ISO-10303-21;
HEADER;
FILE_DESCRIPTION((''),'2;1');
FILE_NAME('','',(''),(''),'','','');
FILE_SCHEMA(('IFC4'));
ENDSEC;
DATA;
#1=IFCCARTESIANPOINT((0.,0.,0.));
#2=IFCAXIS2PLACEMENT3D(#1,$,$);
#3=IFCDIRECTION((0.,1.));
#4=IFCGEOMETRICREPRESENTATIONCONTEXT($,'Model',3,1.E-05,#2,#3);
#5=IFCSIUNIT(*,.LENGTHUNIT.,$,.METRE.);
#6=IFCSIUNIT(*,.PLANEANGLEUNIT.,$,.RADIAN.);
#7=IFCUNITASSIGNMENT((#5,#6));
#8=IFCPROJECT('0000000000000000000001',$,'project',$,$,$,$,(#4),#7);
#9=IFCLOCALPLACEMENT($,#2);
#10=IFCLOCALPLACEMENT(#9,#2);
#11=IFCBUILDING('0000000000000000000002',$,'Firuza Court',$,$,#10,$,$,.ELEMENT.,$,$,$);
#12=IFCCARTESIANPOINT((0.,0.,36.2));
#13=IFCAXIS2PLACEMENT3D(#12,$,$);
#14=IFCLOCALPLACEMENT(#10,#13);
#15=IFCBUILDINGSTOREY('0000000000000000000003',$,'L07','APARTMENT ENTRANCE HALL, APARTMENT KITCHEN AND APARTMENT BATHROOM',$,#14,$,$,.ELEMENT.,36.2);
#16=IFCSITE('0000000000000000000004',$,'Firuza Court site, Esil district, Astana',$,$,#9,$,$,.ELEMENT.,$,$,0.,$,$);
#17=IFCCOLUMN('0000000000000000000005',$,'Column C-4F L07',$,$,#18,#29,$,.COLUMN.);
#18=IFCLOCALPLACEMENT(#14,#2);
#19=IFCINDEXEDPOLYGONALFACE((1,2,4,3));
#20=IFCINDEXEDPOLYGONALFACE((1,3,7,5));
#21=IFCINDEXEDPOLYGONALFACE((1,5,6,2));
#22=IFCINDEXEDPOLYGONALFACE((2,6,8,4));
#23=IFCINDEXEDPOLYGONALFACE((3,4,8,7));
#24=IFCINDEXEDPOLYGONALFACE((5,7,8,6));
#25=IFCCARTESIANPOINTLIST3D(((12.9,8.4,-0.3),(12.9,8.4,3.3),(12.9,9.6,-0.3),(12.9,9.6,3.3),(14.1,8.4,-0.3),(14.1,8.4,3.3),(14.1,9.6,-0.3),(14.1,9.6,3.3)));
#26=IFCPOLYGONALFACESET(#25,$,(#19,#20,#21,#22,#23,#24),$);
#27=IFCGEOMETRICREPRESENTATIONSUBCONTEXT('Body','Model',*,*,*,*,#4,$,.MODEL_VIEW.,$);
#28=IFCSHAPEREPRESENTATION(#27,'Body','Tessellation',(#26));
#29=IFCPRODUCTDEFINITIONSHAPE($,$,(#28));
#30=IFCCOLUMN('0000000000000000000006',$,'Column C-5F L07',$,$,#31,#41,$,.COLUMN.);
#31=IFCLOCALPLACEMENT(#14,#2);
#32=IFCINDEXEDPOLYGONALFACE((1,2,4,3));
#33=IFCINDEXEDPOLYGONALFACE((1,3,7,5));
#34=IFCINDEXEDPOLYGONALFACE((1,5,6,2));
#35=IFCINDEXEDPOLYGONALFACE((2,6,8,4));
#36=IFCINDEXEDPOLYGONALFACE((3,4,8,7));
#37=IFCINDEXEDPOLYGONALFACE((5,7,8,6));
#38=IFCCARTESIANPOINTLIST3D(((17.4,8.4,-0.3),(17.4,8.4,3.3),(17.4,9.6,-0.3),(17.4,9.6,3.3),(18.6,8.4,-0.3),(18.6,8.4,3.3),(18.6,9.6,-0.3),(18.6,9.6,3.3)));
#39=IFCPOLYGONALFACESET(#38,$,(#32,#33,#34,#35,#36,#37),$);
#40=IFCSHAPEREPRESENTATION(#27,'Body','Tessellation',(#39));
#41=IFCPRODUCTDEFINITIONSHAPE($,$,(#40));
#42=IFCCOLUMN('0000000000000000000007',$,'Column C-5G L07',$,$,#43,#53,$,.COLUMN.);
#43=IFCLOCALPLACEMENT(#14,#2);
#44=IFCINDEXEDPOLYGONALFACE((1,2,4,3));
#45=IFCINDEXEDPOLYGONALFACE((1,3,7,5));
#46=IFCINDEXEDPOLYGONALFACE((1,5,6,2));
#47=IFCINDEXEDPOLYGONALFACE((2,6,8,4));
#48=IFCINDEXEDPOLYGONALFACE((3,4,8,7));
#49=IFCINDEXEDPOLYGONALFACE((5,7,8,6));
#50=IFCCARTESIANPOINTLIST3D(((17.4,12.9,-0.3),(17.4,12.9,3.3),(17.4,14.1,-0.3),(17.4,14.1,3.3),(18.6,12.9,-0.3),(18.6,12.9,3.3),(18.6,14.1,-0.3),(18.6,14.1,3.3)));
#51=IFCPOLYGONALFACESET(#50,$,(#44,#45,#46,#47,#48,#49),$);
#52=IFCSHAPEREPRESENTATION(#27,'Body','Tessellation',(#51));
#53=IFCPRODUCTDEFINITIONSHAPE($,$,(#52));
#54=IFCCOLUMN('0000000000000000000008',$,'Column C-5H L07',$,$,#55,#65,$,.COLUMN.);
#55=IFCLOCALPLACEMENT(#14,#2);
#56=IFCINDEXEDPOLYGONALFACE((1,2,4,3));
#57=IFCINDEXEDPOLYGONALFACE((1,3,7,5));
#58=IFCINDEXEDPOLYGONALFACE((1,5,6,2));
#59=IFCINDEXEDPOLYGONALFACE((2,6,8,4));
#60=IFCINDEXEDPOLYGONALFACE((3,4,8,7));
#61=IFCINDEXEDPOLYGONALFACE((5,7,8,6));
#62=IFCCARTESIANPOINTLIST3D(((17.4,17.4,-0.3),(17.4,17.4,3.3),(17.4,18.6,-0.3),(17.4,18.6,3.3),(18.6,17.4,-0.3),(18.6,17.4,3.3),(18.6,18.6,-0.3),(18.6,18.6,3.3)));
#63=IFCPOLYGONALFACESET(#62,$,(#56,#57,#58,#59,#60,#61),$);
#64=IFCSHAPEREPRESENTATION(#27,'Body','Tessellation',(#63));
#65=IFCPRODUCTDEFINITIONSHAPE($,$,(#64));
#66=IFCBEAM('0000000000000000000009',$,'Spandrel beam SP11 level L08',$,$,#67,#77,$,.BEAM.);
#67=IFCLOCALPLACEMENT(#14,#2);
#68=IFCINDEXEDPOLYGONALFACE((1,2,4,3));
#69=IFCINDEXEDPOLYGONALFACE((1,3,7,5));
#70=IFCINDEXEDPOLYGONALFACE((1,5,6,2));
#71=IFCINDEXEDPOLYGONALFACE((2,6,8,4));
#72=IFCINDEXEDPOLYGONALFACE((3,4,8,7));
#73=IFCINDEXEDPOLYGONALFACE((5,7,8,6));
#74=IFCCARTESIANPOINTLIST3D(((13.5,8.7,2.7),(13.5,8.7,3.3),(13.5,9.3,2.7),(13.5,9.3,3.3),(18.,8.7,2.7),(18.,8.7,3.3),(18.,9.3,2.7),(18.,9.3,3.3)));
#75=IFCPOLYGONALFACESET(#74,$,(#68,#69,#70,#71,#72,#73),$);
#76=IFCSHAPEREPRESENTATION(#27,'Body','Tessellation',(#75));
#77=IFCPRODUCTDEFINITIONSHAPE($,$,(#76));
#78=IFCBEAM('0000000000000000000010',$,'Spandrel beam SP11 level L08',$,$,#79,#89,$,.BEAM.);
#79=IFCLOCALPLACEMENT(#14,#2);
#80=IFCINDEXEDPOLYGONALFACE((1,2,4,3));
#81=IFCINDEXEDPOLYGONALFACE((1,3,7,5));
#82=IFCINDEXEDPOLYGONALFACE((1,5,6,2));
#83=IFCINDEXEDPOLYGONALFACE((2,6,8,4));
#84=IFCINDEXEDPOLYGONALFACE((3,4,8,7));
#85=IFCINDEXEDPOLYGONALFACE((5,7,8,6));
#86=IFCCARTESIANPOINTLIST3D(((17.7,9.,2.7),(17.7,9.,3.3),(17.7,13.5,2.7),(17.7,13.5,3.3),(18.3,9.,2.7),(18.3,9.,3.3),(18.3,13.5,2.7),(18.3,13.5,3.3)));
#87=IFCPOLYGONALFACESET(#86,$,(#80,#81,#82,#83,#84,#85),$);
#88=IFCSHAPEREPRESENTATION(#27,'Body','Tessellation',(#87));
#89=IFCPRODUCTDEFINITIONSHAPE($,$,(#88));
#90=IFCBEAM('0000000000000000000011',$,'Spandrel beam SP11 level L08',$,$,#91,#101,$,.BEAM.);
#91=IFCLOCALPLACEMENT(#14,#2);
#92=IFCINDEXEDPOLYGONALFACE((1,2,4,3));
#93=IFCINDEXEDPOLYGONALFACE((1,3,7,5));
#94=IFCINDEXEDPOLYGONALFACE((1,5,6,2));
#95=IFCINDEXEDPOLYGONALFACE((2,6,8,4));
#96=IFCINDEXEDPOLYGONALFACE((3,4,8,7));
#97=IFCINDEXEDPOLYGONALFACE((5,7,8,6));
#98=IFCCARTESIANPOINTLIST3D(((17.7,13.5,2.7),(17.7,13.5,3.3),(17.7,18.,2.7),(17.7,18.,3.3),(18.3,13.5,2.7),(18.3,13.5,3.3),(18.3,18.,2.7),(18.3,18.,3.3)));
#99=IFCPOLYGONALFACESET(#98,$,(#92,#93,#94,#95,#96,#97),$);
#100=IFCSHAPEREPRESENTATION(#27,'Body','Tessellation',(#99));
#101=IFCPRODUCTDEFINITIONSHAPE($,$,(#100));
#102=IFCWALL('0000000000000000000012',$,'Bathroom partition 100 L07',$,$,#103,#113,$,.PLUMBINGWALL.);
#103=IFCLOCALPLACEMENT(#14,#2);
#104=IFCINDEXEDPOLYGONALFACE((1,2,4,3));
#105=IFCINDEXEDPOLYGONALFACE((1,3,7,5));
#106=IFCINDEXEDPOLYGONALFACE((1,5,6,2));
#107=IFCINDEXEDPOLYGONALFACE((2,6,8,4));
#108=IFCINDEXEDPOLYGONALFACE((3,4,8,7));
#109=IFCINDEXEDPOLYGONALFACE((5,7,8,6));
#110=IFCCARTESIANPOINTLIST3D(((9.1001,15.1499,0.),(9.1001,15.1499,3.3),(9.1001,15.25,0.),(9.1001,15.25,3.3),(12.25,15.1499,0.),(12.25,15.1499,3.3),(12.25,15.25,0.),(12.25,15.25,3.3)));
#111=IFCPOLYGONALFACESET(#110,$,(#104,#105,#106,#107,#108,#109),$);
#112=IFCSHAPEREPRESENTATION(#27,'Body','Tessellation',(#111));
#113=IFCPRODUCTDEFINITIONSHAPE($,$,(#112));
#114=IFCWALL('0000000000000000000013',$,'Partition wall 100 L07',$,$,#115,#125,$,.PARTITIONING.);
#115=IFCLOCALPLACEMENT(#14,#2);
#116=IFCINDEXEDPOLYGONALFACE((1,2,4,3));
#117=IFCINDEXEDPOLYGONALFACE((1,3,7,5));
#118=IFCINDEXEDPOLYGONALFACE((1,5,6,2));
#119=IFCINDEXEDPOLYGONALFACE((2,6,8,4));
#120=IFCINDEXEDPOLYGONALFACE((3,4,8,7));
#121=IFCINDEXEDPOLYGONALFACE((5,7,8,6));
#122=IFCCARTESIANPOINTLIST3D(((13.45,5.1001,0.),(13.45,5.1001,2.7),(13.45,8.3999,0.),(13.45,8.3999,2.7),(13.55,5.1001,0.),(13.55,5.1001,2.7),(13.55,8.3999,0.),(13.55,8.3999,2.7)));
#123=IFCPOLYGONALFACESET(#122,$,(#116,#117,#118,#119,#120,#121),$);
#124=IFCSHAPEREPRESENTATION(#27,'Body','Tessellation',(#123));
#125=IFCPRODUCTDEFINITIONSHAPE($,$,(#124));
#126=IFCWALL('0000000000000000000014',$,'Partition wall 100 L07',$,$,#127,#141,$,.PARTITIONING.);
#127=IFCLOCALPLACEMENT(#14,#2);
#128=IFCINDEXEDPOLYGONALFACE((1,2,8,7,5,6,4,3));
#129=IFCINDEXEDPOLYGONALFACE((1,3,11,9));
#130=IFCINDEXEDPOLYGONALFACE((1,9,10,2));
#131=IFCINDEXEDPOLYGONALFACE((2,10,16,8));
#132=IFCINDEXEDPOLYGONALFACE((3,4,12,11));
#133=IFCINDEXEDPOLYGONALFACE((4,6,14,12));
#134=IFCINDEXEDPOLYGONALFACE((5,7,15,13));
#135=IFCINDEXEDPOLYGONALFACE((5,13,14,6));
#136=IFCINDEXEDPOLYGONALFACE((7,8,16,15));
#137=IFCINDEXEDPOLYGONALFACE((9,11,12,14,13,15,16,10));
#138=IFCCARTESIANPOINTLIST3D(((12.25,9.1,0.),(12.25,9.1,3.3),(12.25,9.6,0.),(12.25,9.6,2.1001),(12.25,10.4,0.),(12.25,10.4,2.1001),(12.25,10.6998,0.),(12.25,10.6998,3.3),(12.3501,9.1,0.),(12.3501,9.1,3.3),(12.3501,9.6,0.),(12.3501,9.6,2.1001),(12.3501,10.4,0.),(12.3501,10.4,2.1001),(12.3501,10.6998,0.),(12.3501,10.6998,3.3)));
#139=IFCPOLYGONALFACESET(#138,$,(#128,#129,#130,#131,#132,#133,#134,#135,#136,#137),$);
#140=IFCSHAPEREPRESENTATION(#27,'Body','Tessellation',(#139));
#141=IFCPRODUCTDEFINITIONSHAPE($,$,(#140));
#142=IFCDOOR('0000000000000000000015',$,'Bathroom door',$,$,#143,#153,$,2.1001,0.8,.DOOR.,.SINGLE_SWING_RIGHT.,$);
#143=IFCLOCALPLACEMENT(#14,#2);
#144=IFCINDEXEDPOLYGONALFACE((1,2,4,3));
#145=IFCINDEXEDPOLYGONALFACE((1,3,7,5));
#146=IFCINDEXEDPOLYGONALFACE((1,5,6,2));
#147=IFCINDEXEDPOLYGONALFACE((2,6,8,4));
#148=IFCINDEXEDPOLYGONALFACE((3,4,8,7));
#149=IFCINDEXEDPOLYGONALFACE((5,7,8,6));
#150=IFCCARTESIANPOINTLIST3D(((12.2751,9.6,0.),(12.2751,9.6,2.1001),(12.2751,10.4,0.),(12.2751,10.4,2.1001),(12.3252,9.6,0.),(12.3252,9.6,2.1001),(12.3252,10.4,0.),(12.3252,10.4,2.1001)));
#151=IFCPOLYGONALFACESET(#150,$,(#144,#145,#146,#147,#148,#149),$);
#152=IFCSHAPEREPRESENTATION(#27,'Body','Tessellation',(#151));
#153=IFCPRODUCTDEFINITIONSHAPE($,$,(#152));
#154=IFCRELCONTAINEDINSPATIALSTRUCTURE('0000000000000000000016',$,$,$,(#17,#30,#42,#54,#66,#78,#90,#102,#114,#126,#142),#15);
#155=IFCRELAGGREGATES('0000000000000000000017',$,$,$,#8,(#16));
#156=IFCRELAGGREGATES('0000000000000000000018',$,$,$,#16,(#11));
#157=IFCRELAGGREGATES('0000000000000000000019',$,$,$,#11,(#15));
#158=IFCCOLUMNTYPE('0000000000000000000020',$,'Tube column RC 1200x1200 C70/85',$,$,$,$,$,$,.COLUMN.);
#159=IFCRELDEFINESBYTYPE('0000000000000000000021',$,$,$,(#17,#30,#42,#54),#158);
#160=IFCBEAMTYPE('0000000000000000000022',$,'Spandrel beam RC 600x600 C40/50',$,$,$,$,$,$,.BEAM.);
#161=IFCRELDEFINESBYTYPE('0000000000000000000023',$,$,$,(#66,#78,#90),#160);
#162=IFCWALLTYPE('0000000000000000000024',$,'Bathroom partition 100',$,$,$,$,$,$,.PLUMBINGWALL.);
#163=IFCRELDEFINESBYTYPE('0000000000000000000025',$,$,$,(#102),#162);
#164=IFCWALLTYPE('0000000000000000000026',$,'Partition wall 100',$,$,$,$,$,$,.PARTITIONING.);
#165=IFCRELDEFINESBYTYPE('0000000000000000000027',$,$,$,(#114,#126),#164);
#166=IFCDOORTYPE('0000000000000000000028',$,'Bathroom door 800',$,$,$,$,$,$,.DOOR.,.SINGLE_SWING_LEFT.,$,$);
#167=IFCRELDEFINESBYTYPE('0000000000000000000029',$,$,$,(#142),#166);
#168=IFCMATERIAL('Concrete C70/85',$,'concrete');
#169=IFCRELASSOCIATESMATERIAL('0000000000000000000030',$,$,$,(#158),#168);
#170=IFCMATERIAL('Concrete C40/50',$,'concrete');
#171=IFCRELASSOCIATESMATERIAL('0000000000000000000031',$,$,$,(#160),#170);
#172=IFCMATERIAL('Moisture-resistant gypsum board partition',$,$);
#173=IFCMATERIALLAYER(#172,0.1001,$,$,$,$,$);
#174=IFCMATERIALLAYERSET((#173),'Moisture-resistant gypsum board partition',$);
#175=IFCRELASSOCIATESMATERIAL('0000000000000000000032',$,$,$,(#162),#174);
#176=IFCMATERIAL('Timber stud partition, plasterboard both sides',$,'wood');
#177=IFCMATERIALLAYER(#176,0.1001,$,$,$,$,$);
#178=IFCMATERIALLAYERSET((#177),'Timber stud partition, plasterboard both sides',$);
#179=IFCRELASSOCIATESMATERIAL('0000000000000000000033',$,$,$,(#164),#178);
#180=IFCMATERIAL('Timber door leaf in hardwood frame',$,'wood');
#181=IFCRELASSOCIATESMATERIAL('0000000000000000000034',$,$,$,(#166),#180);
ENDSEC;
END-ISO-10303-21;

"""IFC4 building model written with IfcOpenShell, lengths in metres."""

from ifc_helpers import new_model, si_unit, direction, frame, frame_2d, origin, origin_2d, place, context, subcontext, project, spatial, rectangle, extrude, material, layer, layer_set, material_profile, profile_set, type_object, element, fill, save


model = new_model("IFC4")

# Units and contexts
model_context = context("Model", 3, precision=1e-05, world=origin(), true_north=direction((0.0, 1.0)))
body_context = subcontext(model_context, "Body", "Model", "MODEL_VIEW")
ifc_project = project(units=[si_unit("LENGTHUNIT", "METRE"), si_unit("PLANEANGLEUNIT", "RADIAN")], contexts=[model_context])

# Site, building, storey
site_placement = place(None, origin())
site = spatial("IfcSite", under=ifc_project, at=site_placement, Name="Firuza Court site, Esil district, Astana", CompositionType="ELEMENT", RefElevation=0.0)
building_placement = place(site_placement, origin())
building = spatial("IfcBuilding", under=site, at=building_placement, Name="Firuza Court", CompositionType="ELEMENT")
storey_placement = place(building_placement, frame((0.0, 0.0, 36.2)))
storey = spatial("IfcBuildingStorey", under=building, at=storey_placement, Name="L07", Description="APARTMENT ENTRANCE HALL, APARTMENT KITCHEN AND APARTMENT BATHROOM", CompositionType="ELEMENT", Elevation=36.2)

# Columns
ifc_material_1 = material(Name="Concrete C70/85", Category="concrete")
ifc_material_profile_1 = material_profile(ifc_material_1, rectangle(XDim=1.2, YDim=1.2, at=origin_2d()), Name="RC 1200x1200")
ifc_profile_set_1 = profile_set([ifc_material_profile_1], Name="Concrete C70/85")
column_type = type_object("IfcColumnType", Name="Tube column RC 1200x1200 C70/85", PredefinedType="COLUMN", material=ifc_profile_set_1)
for number, where, z_axis, x_axis, name in (
    (1, (13.5, 9.0, -0.3), (0.0, 0.0, 1.0), (1.0, 0.0, 0.0), "Column C-4F L07"),
    (2, (18.0, 9.0, -0.3), (0.0, 0.0, 1.0), (1.0, 0.0, 0.0), "Column C-5F L07"),
    (3, (18.0, 13.5, -0.3), (0.0, 0.0, 1.0), (1.0, 0.0, 0.0), "Column C-5G L07"),
    (4, (18.0, 18.0, -0.3), (0.0, 0.0, 1.0), (1.0, 0.0, 0.0), "Column C-5H L07"),
):
    element("IfcColumn", number, at=place(storey_placement, frame(where, z_axis=z_axis, x_axis=x_axis)), inside=storey, type_object=column_type, Name=name, PredefinedType="COLUMN", context=body_context, shape_type="SweptSolid", body=[
        extrude(rectangle(XDim=1.2, YDim=1.2, at=origin_2d()), origin(), (0.0, 0.0, 1.0), 3.6001),
    ])

# Beams
ifc_material_2 = material(Name="Concrete C40/50", Category="concrete")
ifc_material_profile_2 = material_profile(ifc_material_2, rectangle(XDim=0.6001, YDim=0.6001, at=origin_2d()), Name="RC 600x600")
ifc_profile_set_2 = profile_set([ifc_material_profile_2], Name="Concrete C40/50")
beam_type = type_object("IfcBeamType", Name="Spandrel beam RC 600x600 C40/50", PredefinedType="BEAM", material=ifc_profile_set_2)
for number, where, z_axis, x_axis, name in (
    (5, (13.5, 9.0, 3.0), (1.0, 0.0, 0.0), (0.0, 1.0, 0.0), "Spandrel beam SP11 level L08"),
    (6, (18.0, 9.0, 3.0), (0.0, 1.0, 0.0), (-1.0, 0.0, 0.0), "Spandrel beam SP11 level L08"),
    (7, (18.0, 13.5, 3.0), (0.0, 1.0, 0.0), (-1.0, 0.0, 0.0), "Spandrel beam SP11 level L08"),
):
    element("IfcBeam", number, at=place(storey_placement, frame(where, z_axis=z_axis, x_axis=x_axis)), inside=storey, type_object=beam_type, Name=name, PredefinedType="BEAM", context=body_context, shape_type="SweptSolid", body=[
        extrude(rectangle(XDim=0.6001, YDim=0.6001, at=origin_2d()), origin(), (0.0, 0.0, 1.0), 4.5),
    ])

# Walls
ifc_material_3 = material(Name="Moisture-resistant gypsum board partition")
ifc_layer_1 = layer(ifc_material_3, 0.1001)
ifc_layer_set_1 = layer_set([ifc_layer_1], Name="Moisture-resistant gypsum board partition")
wall_type_1 = type_object("IfcWallType", Name="Bathroom partition 100", PredefinedType="PLUMBINGWALL", material=ifc_layer_set_1)
wall_1_placement = place(storey_placement, frame((9.1001, 15.2, 0.0), z_axis=(0.0, 0.0, 1.0), x_axis=(1.0, 0.0, 0.0)))
element("IfcWall", 8, at=wall_1_placement, inside=storey, type_object=wall_type_1, Name="Bathroom partition 100 L07", PredefinedType="PLUMBINGWALL", context=body_context, shape_type="SweptSolid", body=[
    extrude(rectangle(XDim=3.1499, YDim=0.1001, at=frame_2d((1.575, 0.0))), origin(), (0.0, 0.0, 1.0), 3.3),
])
ifc_material_4 = material(Name="Timber stud partition, plasterboard both sides", Category="wood")
ifc_layer_2 = layer(ifc_material_4, 0.1001)
ifc_layer_set_2 = layer_set([ifc_layer_2], Name="Timber stud partition, plasterboard both sides")
wall_type_2 = type_object("IfcWallType", Name="Partition wall 100", PredefinedType="PARTITIONING", material=ifc_layer_set_2)
wall_2_placement = place(storey_placement, frame((13.5, 5.1001, 0.0), z_axis=(0.0, 0.0, 1.0), x_axis=(0.0, 1.0, 0.0)))
element("IfcWall", 9, at=wall_2_placement, inside=storey, type_object=wall_type_2, Name="Partition wall 100 L07", PredefinedType="PARTITIONING", context=body_context, shape_type="SweptSolid", body=[
    extrude(rectangle(XDim=3.2998, YDim=0.1001, at=frame_2d((1.6499, 0.0))), origin(), (0.0, 0.0, 1.0), 2.7),
])

# Wall, opening, door
wall_3_placement = place(storey_placement, frame((12.3, 9.1001, 0.0), z_axis=(0.0, 0.0, 1.0), x_axis=(0.0, 1.0, 0.0)))
wall_3 = element("IfcWall", 10, at=wall_3_placement, inside=storey, type_object=wall_type_2, Name="Partition wall 100 L07", PredefinedType="PARTITIONING", context=body_context, shape_type="SweptSolid", body=[
    extrude(rectangle(XDim=1.5999, YDim=0.1001, at=frame_2d((0.7998, 0.0))), origin(), (0.0, 0.0, 1.0), 3.3),
])
opening_1_placement = place(wall_3_placement, frame((0.5, 0.0, 0.0)))
opening_1 = element("IfcOpeningElement", 11, at=opening_1_placement, cuts=wall_3, PredefinedType="OPENING", context=body_context, shape_type="SweptSolid", body=[
    extrude(rectangle(XDim=0.8, YDim=2.1001, at=frame_2d((0.3999, 1.05))), frame((0.0, 0.062, 0.0), z_axis=(0.0, -1.0, 0.0), x_axis=(1.0, 0.0, 0.0)), (0.0, 0.0, 1.0), 0.124),
])
ifc_material_5 = material(Name="Timber door leaf in hardwood frame", Category="wood")
door_type_1 = type_object("IfcDoorType", Name="Bathroom door 800", OperationType="SINGLE_SWING_LEFT", PredefinedType="DOOR", material=ifc_material_5)
door_1_placement = place(opening_1_placement, origin())
door_1 = element("IfcDoor", 12, at=door_1_placement, inside=storey, type_object=door_type_1, Name="Bathroom door", OperationType="SINGLE_SWING_RIGHT", OverallHeight=2.1001, OverallWidth=0.8, PredefinedType="DOOR", context=body_context, shape_type="SweptSolid", body=[
    extrude(rectangle(XDim=0.8, YDim=2.1001, at=frame_2d((0.3999, 1.05))), frame((0.0, 0.0249, 0.0), z_axis=(0.0, -1.0, 0.0), x_axis=(1.0, 0.0, 0.0)), (0.0, 0.0, 1.0), 0.05),
])
fill(opening_1, door_1)

save(model, "model.ifc")
